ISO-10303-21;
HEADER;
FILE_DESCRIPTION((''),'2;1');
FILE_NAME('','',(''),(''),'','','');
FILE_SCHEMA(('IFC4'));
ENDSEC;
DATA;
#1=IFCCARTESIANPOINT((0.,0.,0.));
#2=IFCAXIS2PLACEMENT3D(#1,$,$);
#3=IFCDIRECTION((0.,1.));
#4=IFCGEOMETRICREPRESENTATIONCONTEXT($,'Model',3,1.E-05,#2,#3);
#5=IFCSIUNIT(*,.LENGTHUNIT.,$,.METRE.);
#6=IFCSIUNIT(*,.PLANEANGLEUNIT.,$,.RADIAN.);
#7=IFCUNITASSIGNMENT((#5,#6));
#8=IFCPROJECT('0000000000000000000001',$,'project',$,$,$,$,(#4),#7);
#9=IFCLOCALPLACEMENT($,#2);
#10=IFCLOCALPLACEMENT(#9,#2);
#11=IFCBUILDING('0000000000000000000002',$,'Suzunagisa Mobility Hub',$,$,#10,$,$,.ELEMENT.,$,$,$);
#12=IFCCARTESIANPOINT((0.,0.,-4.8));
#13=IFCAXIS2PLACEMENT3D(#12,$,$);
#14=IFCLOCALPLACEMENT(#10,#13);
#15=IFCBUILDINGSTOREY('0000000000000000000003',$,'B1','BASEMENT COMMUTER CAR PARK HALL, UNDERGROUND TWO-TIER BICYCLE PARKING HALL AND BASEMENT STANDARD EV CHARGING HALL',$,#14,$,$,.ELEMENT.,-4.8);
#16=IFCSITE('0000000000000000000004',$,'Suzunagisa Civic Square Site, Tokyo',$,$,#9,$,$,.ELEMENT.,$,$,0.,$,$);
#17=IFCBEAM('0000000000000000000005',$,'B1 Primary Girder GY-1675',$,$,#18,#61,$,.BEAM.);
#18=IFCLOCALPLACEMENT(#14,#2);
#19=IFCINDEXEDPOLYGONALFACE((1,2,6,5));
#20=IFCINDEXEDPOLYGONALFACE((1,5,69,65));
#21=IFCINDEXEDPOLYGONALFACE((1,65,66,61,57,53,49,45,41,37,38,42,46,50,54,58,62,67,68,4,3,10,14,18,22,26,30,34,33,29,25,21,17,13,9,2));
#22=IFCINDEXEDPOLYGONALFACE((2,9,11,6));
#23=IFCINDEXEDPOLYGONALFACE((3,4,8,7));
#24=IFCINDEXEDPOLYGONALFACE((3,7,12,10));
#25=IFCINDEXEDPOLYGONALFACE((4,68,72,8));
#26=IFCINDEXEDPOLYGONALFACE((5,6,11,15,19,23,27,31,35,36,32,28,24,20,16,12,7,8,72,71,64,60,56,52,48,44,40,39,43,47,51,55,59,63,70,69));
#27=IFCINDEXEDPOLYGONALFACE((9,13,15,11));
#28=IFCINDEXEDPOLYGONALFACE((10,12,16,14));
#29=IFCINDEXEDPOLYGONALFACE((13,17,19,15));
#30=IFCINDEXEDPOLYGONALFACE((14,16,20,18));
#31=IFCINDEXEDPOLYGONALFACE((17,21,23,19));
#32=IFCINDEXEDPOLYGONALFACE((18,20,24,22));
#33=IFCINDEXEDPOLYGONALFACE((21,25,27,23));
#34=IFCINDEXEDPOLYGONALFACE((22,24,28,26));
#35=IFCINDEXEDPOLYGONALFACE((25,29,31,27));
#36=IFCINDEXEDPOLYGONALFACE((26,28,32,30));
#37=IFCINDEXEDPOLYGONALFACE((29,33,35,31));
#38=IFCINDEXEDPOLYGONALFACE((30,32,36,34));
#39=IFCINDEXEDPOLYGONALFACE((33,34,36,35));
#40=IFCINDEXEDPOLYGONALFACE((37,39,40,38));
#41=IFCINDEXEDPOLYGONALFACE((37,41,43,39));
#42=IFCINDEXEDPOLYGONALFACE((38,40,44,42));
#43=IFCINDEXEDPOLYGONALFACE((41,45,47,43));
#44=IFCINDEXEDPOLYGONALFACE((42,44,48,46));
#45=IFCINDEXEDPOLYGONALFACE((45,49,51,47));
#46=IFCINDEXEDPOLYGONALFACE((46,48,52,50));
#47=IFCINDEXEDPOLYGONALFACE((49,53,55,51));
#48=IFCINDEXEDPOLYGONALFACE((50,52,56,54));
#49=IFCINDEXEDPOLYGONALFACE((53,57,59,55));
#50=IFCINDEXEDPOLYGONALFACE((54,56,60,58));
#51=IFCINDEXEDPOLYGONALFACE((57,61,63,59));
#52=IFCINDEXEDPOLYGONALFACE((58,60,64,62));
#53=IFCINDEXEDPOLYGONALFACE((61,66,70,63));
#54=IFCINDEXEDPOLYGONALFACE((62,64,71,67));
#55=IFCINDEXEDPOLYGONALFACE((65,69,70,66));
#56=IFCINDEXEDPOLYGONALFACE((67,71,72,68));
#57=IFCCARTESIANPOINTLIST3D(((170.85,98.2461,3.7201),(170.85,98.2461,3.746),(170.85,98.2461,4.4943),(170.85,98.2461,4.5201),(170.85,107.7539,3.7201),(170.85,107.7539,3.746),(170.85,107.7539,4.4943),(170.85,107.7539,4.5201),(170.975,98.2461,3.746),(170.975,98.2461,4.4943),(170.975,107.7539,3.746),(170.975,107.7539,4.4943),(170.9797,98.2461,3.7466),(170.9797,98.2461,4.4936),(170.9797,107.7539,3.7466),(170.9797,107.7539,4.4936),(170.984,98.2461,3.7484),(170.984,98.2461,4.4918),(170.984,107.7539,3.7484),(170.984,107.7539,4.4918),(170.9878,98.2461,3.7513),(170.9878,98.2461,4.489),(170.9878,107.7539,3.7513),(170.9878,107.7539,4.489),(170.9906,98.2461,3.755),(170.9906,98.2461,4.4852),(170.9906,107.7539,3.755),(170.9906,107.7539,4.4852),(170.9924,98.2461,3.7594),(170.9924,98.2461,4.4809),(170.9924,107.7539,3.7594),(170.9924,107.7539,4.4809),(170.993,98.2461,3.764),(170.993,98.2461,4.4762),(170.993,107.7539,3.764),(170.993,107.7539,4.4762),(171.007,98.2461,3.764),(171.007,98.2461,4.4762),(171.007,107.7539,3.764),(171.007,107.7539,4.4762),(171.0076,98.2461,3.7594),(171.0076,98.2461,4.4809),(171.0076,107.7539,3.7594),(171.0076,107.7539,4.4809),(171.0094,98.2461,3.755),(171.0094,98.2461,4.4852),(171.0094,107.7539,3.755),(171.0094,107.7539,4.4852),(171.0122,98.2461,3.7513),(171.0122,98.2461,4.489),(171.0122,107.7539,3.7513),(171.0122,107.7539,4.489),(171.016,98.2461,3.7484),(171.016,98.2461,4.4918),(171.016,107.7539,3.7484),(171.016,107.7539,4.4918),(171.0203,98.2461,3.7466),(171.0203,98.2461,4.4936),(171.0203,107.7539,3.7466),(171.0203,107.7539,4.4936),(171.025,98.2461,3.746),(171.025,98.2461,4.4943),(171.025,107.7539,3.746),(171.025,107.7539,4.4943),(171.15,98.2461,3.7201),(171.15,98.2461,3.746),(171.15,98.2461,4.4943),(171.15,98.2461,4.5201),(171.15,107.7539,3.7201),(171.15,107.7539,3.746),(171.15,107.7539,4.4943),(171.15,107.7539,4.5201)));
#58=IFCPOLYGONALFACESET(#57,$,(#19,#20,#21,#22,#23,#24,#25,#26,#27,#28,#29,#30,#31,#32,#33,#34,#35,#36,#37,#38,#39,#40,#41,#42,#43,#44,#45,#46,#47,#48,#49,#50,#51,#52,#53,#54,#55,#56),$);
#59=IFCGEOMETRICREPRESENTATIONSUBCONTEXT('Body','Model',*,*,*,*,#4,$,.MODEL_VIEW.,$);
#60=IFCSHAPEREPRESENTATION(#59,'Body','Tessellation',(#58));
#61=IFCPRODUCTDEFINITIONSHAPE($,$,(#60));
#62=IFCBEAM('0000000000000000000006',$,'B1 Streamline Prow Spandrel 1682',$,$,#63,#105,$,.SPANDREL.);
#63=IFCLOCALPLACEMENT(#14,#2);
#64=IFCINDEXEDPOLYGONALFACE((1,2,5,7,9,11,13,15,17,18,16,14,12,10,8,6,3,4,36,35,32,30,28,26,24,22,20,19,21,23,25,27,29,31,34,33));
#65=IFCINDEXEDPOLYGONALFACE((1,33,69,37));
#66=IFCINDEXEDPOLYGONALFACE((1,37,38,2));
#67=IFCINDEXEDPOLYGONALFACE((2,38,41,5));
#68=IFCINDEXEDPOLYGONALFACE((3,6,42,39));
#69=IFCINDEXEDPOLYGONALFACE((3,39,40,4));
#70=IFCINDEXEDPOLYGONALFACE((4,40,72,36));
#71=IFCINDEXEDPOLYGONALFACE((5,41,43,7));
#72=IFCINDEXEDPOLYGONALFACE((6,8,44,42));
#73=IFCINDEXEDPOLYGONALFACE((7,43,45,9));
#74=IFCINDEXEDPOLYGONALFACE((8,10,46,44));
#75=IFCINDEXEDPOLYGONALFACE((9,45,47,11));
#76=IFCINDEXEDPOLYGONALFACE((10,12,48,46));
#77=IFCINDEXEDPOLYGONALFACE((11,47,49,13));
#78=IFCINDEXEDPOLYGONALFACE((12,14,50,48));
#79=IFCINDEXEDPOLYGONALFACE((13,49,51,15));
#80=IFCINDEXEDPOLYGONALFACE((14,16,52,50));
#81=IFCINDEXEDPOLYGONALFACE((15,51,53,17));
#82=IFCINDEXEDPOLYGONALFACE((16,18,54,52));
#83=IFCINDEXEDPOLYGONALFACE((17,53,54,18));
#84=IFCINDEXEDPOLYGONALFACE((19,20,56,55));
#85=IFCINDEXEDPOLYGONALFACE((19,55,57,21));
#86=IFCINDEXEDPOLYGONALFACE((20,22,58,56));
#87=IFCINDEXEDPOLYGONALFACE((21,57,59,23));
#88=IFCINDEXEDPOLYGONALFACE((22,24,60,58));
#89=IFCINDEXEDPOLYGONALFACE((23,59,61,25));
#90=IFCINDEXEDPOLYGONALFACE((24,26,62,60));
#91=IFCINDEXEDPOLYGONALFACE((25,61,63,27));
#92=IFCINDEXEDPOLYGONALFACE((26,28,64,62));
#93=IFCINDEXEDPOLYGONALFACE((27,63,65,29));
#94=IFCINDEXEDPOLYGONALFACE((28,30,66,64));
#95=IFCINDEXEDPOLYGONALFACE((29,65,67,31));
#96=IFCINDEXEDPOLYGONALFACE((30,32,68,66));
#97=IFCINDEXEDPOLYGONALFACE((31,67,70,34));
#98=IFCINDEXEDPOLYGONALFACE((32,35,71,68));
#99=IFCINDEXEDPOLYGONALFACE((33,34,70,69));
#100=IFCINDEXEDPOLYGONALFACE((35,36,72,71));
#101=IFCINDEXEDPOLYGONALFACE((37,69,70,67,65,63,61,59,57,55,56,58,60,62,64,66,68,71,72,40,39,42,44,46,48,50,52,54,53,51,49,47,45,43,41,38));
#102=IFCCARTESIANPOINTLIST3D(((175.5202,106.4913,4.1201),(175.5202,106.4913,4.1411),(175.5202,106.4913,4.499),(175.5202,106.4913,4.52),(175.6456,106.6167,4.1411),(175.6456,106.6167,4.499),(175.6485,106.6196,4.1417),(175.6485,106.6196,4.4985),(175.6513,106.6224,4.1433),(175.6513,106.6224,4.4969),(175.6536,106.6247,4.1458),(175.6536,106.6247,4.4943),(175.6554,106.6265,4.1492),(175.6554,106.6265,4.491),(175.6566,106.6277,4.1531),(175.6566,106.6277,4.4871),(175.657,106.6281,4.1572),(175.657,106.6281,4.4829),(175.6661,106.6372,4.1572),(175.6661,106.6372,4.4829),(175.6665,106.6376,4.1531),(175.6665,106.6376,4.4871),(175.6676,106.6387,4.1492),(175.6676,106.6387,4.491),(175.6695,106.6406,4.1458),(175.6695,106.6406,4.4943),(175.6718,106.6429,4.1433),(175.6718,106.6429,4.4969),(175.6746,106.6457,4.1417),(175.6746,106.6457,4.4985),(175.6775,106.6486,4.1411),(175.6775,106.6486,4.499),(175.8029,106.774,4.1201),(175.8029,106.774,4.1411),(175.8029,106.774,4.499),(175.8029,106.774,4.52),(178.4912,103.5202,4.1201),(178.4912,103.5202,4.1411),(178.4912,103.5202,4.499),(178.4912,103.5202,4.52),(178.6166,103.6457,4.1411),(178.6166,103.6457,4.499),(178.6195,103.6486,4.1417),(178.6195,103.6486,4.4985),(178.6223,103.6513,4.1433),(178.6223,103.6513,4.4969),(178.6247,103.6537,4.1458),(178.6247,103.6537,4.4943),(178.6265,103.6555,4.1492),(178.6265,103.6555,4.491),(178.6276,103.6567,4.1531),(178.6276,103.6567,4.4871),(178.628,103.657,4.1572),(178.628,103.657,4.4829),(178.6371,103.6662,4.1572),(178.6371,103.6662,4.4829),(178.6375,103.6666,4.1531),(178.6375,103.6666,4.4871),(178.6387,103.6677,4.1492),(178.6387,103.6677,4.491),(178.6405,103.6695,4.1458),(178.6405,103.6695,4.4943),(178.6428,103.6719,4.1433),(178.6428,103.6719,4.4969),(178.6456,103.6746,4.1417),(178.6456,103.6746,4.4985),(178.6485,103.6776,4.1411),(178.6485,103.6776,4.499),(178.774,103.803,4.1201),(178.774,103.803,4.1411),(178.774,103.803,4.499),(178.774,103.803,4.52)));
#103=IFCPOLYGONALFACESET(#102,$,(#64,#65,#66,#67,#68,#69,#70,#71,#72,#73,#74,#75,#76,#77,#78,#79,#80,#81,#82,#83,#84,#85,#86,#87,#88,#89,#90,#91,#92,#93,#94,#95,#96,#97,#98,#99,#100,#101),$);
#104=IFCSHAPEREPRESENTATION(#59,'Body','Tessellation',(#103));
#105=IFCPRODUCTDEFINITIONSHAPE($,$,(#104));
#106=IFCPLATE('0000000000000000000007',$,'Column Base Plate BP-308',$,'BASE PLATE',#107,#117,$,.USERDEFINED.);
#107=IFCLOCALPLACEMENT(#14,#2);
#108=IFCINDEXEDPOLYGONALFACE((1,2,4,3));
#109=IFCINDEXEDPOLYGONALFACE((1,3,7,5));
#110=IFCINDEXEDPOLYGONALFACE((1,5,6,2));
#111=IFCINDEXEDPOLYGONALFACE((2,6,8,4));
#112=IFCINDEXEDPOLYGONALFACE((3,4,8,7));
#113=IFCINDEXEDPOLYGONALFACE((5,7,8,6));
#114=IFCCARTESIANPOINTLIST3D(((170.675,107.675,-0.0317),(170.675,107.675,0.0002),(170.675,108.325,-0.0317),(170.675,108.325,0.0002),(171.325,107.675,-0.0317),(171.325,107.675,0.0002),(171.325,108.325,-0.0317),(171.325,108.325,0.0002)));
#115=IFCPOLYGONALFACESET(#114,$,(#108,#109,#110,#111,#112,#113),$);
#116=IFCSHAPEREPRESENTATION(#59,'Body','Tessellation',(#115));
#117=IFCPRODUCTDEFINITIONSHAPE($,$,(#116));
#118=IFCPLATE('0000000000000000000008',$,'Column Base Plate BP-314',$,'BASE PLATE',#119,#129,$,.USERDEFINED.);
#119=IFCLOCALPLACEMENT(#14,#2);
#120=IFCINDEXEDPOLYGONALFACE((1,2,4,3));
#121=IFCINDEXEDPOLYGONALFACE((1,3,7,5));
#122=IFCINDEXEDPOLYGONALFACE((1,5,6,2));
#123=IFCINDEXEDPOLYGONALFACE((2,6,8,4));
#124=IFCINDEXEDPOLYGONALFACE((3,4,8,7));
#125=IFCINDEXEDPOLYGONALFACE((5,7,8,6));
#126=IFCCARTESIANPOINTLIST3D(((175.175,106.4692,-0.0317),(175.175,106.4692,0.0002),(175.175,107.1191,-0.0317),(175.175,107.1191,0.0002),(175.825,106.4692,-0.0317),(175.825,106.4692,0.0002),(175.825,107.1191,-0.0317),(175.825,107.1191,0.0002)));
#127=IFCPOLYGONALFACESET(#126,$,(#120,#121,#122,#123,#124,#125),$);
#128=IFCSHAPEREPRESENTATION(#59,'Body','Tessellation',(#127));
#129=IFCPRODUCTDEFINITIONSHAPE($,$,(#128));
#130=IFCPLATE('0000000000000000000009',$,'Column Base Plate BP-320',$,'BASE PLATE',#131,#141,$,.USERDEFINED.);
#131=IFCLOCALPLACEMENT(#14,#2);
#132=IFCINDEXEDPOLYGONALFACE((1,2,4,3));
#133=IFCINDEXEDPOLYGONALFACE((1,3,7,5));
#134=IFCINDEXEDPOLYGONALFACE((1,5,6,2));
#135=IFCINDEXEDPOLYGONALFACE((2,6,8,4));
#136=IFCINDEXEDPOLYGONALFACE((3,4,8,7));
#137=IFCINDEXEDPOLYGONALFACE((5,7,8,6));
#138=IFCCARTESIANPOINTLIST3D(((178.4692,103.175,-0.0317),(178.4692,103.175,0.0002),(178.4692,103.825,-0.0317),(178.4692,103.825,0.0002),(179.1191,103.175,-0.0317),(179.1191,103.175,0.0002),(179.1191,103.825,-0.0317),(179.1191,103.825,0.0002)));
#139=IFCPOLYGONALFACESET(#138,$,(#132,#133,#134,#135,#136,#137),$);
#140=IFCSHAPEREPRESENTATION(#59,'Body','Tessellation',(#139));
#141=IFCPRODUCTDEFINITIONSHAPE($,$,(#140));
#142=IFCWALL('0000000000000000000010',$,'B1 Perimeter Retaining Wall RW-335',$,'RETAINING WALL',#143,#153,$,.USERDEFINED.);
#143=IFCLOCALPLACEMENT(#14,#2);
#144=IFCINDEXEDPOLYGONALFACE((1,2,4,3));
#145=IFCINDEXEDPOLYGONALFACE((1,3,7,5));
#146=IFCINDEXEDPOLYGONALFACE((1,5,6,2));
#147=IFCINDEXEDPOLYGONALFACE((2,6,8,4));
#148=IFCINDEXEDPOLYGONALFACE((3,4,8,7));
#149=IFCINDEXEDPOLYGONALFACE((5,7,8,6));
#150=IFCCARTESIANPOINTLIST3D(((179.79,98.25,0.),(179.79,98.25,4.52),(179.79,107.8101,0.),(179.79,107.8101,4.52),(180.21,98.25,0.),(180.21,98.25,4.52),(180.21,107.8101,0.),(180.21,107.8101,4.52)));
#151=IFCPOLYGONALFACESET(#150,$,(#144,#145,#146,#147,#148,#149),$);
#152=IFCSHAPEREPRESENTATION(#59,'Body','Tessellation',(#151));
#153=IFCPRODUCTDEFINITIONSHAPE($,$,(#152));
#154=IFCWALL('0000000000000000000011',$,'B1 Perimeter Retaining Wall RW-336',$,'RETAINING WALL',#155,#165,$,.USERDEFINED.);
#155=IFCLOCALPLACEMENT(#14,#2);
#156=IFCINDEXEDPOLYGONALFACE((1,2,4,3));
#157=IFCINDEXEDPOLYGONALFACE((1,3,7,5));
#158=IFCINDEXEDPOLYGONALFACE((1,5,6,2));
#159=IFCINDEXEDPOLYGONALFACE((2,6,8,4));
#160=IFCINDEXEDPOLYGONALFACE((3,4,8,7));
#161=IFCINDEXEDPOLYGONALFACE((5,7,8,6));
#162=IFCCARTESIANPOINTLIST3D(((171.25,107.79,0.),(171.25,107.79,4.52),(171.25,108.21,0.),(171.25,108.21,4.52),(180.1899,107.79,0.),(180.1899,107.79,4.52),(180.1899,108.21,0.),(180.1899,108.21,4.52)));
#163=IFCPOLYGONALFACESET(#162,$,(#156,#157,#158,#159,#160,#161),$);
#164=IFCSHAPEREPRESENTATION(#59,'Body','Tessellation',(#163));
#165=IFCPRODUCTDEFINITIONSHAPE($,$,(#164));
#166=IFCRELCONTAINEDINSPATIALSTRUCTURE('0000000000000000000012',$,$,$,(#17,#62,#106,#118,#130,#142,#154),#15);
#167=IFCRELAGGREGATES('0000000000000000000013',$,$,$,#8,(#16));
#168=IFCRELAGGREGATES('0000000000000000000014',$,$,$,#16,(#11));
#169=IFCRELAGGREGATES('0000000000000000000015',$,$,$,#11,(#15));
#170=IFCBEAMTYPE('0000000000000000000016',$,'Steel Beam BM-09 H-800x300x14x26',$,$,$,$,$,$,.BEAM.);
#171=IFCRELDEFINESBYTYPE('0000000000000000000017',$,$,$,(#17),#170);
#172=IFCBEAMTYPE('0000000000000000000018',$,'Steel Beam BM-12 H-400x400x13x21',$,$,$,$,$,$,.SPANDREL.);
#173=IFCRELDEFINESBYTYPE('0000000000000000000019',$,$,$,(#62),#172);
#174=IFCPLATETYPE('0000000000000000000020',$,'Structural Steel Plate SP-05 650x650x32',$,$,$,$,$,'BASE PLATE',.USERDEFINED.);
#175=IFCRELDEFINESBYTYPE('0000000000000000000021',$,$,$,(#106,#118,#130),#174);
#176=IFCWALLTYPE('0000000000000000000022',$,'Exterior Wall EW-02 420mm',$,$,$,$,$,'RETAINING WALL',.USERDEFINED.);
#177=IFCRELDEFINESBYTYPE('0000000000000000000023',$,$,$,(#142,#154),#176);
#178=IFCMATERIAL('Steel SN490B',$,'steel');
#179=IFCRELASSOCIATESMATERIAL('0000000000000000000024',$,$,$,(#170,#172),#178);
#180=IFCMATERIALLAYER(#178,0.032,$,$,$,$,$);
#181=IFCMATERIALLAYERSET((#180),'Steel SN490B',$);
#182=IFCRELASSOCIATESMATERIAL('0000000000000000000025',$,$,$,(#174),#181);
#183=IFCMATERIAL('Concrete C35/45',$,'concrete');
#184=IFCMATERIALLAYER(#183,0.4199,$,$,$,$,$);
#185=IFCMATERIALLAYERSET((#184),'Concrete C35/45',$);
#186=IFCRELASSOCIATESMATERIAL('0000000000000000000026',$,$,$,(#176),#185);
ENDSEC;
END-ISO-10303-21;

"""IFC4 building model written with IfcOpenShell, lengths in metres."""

from ifc_helpers import new_model, si_unit, direction, frame, frame_2d, origin, origin_2d, place, context, subcontext, project, spatial, rectangle, i_section, extrude, material, layer, layer_set, material_profile, profile_set, type_object, element, save


model = new_model("IFC4")

# Units and contexts
model_context = context("Model", 3, precision=1e-05, world=origin(), true_north=direction((0.0, 1.0)))
body_context = subcontext(model_context, "Body", "Model", "MODEL_VIEW")
ifc_project = project(units=[si_unit("LENGTHUNIT", "METRE"), si_unit("PLANEANGLEUNIT", "RADIAN")], contexts=[model_context])

# Site, building, storey
site_placement = place(None, origin())
site = spatial("IfcSite", under=ifc_project, at=site_placement, Name="Suzunagisa Civic Square Site, Tokyo", CompositionType="ELEMENT", RefElevation=0.0)
building_placement = place(site_placement, origin())
building = spatial("IfcBuilding", under=site, at=building_placement, Name="Suzunagisa Mobility Hub", CompositionType="ELEMENT")
storey_placement = place(building_placement, frame((0.0, 0.0, -4.8)))
storey = spatial("IfcBuildingStorey", under=building, at=storey_placement, Name="B1", Description="BASEMENT COMMUTER CAR PARK HALL, UNDERGROUND TWO-TIER BICYCLE PARKING HALL AND BASEMENT STANDARD EV CHARGING HALL", CompositionType="ELEMENT", Elevation=-4.8)

# Shared definitions
ifc_material_1 = material(Name="Concrete C35/45", Category="concrete")

# Shared definitions
ifc_material_2 = material(Name="Steel SN490B", Category="steel")

# Beams
ifc_material_profile_1 = material_profile(ifc_material_2, i_section(OverallWidth=0.3, OverallDepth=0.8, WebThickness=0.0139, FlangeThickness=0.0259, FilletRadius=0.0181, at=origin_2d()), Name="H-800x300x14x26")
ifc_profile_set_1 = profile_set([ifc_material_profile_1], Name="Steel SN490B")
beam_type_1 = type_object("IfcBeamType", Name="Steel Beam BM-09 H-800x300x14x26", PredefinedType="BEAM", material=ifc_profile_set_1)
beam_1_placement = place(storey_placement, frame((171.0, 98.2461, 4.1201), z_axis=(0.0, 1.0, 0.0), x_axis=(-1.0, 0.0, 0.0)))
element("IfcBeam", 1, at=beam_1_placement, inside=storey, type_object=beam_type_1, Name="B1 Primary Girder GY-1675", PredefinedType="BEAM", context=body_context, shape_type="SweptSolid", body=[
    extrude(i_section(OverallWidth=0.3, OverallDepth=0.8, WebThickness=0.0139, FlangeThickness=0.0259, FilletRadius=0.0181, at=origin_2d()), origin(), (0.0, 0.0, 1.0), 9.5078),
])
ifc_material_profile_2 = material_profile(ifc_material_2, i_section(OverallWidth=0.3999, OverallDepth=0.3999, WebThickness=0.0129, FlangeThickness=0.021, FilletRadius=0.0161, at=origin_2d()), Name="H-400x400x13x21")
ifc_profile_set_2 = profile_set([ifc_material_profile_2], Name="Steel SN490B")
beam_type_2 = type_object("IfcBeamType", Name="Steel Beam BM-12 H-400x400x13x21", PredefinedType="SPANDREL", material=ifc_profile_set_2)
beam_2_placement = place(storey_placement, frame((178.6326, 103.6616, 4.3201), z_axis=(-0.707107, 0.707107, 0.0), x_axis=(-0.707107, -0.707107, 0.0)))
element("IfcBeam", 2, at=beam_2_placement, inside=storey, type_object=beam_type_2, Name="B1 Streamline Prow Spandrel 1682", PredefinedType="SPANDREL", context=body_context, shape_type="SweptSolid", body=[
    extrude(i_section(OverallWidth=0.3999, OverallDepth=0.3999, WebThickness=0.0129, FlangeThickness=0.021, FilletRadius=0.0161, at=origin_2d()), origin(), (0.0, 0.0, 1.0), 4.2017),
])

# Plates
ifc_layer_1 = layer(ifc_material_2, 0.032)
ifc_layer_set_1 = layer_set([ifc_layer_1], Name="Steel SN490B")
plate_type = type_object("IfcPlateType", Name="Structural Steel Plate SP-05 650x650x32", ElementType="BASE PLATE", PredefinedType="USERDEFINED", material=ifc_layer_set_1)
for number, where, z_axis, x_axis, name in (
    (3, (171.0, 108.0, -0.0317), (0.0, 0.0, 1.0), (1.0, 0.0, 0.0), "Column Base Plate BP-308"),
    (4, (175.5, 106.7942, -0.0317), (0.0, 0.0, 1.0), (1.0, 0.0, 0.0), "Column Base Plate BP-314"),
    (5, (178.7942, 103.5, -0.0317), (0.0, 0.0, 1.0), (1.0, 0.0, 0.0), "Column Base Plate BP-320"),
):
    element("IfcPlate", number, at=place(storey_placement, frame(where, z_axis=z_axis, x_axis=x_axis)), inside=storey, type_object=plate_type, Name=name, ObjectType="BASE PLATE", PredefinedType="USERDEFINED", context=body_context, shape_type="SweptSolid", body=[
        extrude(rectangle(XDim=0.6499, YDim=0.6499, at=origin_2d()), origin(), (0.0, 0.0, 1.0), 0.032),
    ])

# Walls
ifc_layer_2 = layer(ifc_material_1, 0.4199)
ifc_layer_set_2 = layer_set([ifc_layer_2], Name="Concrete C35/45")
wall_type = type_object("IfcWallType", Name="Exterior Wall EW-02 420mm", ElementType="RETAINING WALL", PredefinedType="USERDEFINED", material=ifc_layer_set_2)
wall_1_placement = place(storey_placement, frame((180.0, 98.25, 0.0), z_axis=(0.0, 0.0, 1.0), x_axis=(0.0, 1.0, 0.0)))
element("IfcWall", 6, at=wall_1_placement, inside=storey, type_object=wall_type, Name="B1 Perimeter Retaining Wall RW-335", ObjectType="RETAINING WALL", PredefinedType="USERDEFINED", context=body_context, shape_type="SweptSolid", body=[
    extrude(rectangle(XDim=9.5601, YDim=0.4199, at=frame_2d((4.78, 0.0))), origin(), (0.0, 0.0, 1.0), 4.52),
])
wall_2_placement = place(storey_placement, frame((180.1899, 108.0, 0.0), z_axis=(0.0, 0.0, 1.0), x_axis=(-1.0, 0.0, 0.0)))
element("IfcWall", 7, at=wall_2_placement, inside=storey, type_object=wall_type, Name="B1 Perimeter Retaining Wall RW-336", ObjectType="RETAINING WALL", PredefinedType="USERDEFINED", context=body_context, shape_type="SweptSolid", body=[
    extrude(rectangle(XDim=8.9399, YDim=0.4199, at=frame_2d((4.47, 0.0))), origin(), (0.0, 0.0, 1.0), 4.52),
])

save(model, "model.ifc")
